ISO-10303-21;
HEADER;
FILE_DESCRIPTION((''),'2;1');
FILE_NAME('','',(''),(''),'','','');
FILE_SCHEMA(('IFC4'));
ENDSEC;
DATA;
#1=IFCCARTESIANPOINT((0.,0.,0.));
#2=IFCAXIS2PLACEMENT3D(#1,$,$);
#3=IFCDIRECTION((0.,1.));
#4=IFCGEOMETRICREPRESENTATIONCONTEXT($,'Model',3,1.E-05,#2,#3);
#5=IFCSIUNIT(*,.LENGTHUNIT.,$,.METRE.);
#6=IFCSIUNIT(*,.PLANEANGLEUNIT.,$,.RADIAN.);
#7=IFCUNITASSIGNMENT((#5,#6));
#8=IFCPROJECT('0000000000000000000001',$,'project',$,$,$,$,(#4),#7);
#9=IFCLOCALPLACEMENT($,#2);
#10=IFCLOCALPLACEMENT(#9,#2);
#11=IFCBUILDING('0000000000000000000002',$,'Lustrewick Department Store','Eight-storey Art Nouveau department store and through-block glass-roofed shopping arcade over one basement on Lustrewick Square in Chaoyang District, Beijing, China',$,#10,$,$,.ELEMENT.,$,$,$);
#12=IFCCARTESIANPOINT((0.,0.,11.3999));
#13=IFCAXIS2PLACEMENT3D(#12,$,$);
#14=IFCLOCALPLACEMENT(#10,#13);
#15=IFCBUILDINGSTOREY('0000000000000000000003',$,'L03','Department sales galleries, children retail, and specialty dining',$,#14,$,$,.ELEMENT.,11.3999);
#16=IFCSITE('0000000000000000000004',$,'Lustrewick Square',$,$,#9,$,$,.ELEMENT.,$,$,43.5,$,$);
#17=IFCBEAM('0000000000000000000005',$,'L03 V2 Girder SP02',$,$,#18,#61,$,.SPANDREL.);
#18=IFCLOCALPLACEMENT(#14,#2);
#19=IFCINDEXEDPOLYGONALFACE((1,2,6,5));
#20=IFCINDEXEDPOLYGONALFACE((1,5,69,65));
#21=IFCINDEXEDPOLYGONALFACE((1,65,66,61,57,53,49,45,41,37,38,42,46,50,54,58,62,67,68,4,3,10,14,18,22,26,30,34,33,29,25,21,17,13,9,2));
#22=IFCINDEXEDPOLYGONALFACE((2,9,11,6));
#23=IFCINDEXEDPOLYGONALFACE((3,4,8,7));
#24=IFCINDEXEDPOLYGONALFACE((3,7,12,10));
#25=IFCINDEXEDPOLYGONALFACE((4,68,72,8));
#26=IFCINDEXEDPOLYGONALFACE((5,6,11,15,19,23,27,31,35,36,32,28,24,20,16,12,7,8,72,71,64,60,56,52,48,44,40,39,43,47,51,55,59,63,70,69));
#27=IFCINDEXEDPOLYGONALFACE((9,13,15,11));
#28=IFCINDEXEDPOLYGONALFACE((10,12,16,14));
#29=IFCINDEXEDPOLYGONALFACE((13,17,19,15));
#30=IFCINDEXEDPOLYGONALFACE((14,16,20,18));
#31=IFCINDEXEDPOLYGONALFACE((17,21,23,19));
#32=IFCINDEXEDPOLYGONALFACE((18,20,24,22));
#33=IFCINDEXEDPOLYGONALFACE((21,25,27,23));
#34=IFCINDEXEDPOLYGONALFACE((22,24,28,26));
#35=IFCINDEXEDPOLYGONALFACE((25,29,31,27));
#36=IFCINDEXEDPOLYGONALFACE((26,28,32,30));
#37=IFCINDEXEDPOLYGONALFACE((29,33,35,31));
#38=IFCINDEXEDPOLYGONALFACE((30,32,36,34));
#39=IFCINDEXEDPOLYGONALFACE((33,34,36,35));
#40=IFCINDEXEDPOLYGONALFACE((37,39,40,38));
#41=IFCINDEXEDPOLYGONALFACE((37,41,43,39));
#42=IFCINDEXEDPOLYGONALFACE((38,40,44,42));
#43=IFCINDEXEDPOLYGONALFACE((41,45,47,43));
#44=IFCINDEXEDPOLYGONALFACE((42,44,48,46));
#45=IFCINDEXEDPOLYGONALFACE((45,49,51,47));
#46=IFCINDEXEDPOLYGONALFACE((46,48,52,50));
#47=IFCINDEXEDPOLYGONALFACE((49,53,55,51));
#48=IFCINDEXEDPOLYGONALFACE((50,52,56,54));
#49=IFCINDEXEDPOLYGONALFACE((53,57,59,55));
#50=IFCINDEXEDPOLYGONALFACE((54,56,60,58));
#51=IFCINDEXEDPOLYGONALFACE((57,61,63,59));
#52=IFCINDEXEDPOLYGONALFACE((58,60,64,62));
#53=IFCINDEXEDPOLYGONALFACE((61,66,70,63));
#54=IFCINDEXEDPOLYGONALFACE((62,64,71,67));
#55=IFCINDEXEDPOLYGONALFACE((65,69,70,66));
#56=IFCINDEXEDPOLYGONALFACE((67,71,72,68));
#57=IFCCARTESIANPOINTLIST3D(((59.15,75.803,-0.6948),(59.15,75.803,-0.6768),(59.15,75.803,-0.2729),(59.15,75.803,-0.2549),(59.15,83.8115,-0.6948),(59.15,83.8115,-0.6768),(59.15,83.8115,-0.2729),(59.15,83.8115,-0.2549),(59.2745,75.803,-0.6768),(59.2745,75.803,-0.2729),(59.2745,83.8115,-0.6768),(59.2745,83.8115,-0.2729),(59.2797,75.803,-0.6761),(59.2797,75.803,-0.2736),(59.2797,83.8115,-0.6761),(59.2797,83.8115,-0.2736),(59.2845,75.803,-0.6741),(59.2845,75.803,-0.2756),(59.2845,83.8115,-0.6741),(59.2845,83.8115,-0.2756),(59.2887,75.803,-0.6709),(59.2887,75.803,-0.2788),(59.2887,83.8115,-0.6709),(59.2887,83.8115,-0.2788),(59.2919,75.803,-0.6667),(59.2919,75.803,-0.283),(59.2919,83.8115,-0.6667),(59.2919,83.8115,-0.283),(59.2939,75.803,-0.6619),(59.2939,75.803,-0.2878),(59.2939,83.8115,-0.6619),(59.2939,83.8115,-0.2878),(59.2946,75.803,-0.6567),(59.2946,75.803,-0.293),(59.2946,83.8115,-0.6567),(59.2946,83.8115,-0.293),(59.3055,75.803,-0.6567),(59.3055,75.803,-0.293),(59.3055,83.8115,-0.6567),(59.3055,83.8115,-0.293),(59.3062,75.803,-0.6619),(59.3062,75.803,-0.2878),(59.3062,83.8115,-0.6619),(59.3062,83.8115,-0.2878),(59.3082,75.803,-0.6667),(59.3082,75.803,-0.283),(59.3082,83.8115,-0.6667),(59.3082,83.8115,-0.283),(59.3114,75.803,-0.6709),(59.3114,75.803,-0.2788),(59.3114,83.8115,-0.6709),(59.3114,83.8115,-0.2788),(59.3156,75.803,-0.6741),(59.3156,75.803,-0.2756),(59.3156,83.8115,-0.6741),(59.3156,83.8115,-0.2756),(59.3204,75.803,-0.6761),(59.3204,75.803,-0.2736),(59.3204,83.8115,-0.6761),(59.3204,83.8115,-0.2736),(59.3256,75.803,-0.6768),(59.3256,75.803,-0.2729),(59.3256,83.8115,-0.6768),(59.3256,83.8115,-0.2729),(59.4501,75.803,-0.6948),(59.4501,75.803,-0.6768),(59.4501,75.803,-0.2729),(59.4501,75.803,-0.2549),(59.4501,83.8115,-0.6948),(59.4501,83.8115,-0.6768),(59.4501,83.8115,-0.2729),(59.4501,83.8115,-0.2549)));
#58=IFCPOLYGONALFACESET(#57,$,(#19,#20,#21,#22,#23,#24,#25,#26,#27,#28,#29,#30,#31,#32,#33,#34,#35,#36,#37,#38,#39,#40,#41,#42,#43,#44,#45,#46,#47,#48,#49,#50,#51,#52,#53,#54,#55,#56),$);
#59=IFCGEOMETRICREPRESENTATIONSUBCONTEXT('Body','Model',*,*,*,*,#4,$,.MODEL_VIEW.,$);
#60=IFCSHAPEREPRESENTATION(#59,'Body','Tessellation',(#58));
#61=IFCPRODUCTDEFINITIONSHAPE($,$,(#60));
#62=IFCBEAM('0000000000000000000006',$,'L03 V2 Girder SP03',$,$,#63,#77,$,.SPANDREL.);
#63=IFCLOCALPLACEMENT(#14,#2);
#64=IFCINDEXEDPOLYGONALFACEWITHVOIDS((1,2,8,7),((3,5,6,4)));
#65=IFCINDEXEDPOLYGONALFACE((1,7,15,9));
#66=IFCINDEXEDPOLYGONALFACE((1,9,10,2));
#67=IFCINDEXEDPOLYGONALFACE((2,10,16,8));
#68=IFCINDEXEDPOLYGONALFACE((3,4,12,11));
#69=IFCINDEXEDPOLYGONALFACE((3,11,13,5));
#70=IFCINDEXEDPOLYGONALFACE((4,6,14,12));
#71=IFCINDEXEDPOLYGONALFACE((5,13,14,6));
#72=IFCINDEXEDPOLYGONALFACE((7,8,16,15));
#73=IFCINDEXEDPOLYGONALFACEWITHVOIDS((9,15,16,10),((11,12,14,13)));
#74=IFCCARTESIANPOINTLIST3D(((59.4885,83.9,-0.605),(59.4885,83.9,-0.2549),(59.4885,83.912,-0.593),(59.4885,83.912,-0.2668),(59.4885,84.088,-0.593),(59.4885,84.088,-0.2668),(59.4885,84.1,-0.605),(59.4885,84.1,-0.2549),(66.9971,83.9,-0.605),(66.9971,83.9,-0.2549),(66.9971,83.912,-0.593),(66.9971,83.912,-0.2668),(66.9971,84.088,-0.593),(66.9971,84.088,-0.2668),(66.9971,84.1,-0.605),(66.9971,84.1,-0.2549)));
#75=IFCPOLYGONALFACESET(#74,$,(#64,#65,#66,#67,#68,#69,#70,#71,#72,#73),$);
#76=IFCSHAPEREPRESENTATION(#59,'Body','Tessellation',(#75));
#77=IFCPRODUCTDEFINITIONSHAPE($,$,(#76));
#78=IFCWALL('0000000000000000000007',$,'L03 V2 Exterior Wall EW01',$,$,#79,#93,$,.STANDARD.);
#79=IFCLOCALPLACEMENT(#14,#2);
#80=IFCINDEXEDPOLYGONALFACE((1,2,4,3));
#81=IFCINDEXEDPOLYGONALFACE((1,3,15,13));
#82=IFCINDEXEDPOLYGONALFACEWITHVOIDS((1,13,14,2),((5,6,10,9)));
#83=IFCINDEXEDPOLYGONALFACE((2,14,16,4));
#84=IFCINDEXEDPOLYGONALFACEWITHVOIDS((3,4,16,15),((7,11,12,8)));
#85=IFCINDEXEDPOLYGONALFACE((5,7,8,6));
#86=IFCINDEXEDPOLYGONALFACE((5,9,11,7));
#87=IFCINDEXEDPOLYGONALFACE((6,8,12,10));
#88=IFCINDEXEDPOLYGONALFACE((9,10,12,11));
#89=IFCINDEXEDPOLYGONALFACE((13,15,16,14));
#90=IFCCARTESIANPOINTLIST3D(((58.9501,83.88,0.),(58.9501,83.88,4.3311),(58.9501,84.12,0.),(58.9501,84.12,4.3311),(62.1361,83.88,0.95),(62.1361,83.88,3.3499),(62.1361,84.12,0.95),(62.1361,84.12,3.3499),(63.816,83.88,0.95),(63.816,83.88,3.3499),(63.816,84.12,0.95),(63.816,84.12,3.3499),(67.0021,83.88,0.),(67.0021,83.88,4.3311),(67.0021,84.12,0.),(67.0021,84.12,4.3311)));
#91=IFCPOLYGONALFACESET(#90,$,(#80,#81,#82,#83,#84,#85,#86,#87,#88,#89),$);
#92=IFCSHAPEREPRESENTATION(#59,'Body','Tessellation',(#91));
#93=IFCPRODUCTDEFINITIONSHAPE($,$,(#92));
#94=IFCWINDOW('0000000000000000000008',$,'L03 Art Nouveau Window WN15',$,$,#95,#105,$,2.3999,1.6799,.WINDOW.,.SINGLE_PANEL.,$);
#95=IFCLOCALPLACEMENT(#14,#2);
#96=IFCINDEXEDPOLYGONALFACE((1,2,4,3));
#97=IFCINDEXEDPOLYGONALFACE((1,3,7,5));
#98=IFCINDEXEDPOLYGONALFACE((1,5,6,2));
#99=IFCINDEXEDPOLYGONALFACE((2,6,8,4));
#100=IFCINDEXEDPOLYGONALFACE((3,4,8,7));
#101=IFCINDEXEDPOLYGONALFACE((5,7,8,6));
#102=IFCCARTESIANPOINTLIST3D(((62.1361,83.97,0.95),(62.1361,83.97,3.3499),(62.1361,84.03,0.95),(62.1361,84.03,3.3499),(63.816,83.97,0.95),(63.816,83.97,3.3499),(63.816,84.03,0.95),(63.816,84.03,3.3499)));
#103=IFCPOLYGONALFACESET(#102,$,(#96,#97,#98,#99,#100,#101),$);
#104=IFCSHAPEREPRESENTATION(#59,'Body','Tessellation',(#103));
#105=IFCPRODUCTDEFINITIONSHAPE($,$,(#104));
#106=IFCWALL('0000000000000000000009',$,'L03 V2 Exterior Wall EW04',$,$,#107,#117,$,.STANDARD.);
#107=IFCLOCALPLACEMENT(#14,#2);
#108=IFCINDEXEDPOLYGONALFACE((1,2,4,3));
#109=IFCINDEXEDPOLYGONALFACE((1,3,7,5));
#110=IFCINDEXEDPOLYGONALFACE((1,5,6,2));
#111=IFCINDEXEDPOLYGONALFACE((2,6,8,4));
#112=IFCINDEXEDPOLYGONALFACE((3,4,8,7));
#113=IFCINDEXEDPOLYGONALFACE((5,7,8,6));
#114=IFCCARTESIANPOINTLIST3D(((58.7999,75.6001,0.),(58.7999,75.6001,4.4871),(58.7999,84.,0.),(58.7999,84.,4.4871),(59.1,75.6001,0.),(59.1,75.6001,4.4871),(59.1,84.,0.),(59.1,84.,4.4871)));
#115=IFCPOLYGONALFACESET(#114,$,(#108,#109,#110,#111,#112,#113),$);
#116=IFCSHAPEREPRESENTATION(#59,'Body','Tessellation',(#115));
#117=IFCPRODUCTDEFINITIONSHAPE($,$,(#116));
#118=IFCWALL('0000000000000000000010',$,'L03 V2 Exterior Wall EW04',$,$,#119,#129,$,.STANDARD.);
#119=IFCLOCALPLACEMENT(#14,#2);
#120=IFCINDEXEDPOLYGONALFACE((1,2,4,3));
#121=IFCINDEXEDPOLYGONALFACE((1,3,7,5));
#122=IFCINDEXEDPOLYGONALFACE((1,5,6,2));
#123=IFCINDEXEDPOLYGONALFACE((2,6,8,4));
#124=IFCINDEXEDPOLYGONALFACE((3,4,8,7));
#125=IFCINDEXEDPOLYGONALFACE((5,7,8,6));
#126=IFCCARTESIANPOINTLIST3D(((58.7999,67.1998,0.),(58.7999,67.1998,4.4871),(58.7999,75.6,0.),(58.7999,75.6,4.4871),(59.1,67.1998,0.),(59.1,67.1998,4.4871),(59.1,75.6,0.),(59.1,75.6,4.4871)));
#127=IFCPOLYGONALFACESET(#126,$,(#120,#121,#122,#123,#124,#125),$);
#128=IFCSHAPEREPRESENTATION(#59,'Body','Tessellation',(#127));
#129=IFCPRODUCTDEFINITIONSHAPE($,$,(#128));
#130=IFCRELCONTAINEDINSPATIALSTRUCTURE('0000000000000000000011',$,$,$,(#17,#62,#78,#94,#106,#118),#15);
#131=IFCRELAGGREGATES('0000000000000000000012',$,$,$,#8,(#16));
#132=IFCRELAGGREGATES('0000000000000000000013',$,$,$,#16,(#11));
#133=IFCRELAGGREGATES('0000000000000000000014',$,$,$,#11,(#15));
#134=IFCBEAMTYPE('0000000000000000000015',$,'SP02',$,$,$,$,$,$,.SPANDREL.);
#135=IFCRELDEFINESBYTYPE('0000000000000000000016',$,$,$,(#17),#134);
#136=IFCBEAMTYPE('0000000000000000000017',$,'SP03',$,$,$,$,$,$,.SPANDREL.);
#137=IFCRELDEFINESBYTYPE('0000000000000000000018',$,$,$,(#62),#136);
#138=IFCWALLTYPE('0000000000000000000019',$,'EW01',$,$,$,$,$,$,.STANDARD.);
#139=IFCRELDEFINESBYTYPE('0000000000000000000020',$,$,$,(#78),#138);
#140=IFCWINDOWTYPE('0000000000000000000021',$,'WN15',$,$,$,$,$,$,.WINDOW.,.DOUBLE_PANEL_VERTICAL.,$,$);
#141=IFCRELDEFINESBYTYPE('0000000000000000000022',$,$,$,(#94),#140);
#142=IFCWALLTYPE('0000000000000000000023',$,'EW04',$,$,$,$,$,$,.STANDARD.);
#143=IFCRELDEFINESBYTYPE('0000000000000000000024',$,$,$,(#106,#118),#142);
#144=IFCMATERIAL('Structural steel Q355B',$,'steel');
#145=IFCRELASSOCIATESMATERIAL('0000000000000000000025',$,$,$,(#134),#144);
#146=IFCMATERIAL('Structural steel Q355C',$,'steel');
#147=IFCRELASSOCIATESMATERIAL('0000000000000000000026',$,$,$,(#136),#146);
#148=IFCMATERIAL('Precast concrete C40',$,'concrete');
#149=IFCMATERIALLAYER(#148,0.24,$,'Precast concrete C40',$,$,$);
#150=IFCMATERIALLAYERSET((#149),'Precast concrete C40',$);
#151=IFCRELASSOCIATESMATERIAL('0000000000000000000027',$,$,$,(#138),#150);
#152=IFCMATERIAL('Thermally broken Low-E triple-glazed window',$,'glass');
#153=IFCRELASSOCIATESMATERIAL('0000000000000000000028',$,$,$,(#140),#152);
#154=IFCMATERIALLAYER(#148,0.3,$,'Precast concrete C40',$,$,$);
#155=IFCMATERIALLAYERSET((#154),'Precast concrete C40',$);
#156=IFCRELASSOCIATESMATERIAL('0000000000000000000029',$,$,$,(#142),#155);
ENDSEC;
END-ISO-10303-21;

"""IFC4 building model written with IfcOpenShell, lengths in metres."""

from ifc_helpers import new_model, si_unit, direction, frame, frame_2d, origin, origin_2d, place, context, subcontext, project, spatial, rectangle, hollow_rectangle, i_section, extrude, material, layer, layer_set, material_profile, profile_set, type_object, element, fill, save


model = new_model("IFC4")

# Units and contexts
model_context = context("Model", 3, precision=1e-05, world=origin(), true_north=direction((0.0, 1.0)))
body_context = subcontext(model_context, "Body", "Model", "MODEL_VIEW")
ifc_project = project(units=[si_unit("LENGTHUNIT", "METRE"), si_unit("PLANEANGLEUNIT", "RADIAN")], contexts=[model_context])

# Site, building, storey
site_placement = place(None, origin())
site = spatial("IfcSite", under=ifc_project, at=site_placement, Name="Lustrewick Square", CompositionType="ELEMENT", RefElevation=43.5)
building_placement = place(site_placement, origin())
building = spatial("IfcBuilding", under=site, at=building_placement, Name="Lustrewick Department Store", Description="Eight-storey Art Nouveau department store and through-block glass-roofed shopping arcade over one basement on Lustrewick Square in Chaoyang District, Beijing, China", CompositionType="ELEMENT")
storey_placement = place(building_placement, frame((0.0, 0.0, 11.3999)))
storey = spatial("IfcBuildingStorey", under=building, at=storey_placement, Name="L03", Description="Department sales galleries, children retail, and specialty dining", CompositionType="ELEMENT", Elevation=11.3999)

# Shared definitions
ifc_material_1 = material(Name="Structural steel Q355B", Category="steel")
ifc_material_2 = material(Name="Structural steel Q355C", Category="steel")

# Beams
ifc_material_profile_1 = material_profile(ifc_material_1, i_section(OverallWidth=0.3, OverallDepth=0.4399, WebThickness=0.011, FlangeThickness=0.0181, FilletRadius=0.02, at=origin_2d()), Name="HM 440x300x11x18")
ifc_profile_set_1 = profile_set([ifc_material_profile_1], Name="Structural steel Q355B")
beam_type_1 = type_object("IfcBeamType", Name="SP02", PredefinedType="SPANDREL", material=ifc_profile_set_1)
beam_1_placement = place(storey_placement, frame((59.3, 75.803, -0.4749), z_axis=(0.0, 1.0, 0.0), x_axis=(-1.0, 0.0, 0.0)))
element("IfcBeam", 1, at=beam_1_placement, inside=storey, type_object=beam_type_1, Name="L03 V2 Girder SP02", PredefinedType="SPANDREL", context=body_context, shape_type="SweptSolid", body=[
    extrude(i_section(OverallWidth=0.3, OverallDepth=0.4399, WebThickness=0.011, FlangeThickness=0.0181, FilletRadius=0.02, at=origin_2d()), origin(), (0.0, 0.0, 1.0), 8.0085),
])
ifc_material_profile_2 = material_profile(ifc_material_2, hollow_rectangle(XDim=0.2, YDim=0.3501, WallThickness=0.012, at=origin_2d()), Name="RHS 350x200x12")
ifc_profile_set_2 = profile_set([ifc_material_profile_2], Name="Structural steel Q355C")
beam_type_2 = type_object("IfcBeamType", Name="SP03", PredefinedType="SPANDREL", material=ifc_profile_set_2)
beam_2_placement = place(storey_placement, frame((59.4885, 84.0, -0.4299), z_axis=(1.0, 0.0, 0.0), x_axis=(0.0, 1.0, 0.0)))
element("IfcBeam", 2, at=beam_2_placement, inside=storey, type_object=beam_type_2, Name="L03 V2 Girder SP03", PredefinedType="SPANDREL", context=body_context, shape_type="SweptSolid", body=[
    extrude(hollow_rectangle(XDim=0.2, YDim=0.3501, WallThickness=0.012, at=origin_2d()), origin(), (0.0, 0.0, 1.0), 7.5085),
])

# Wall, opening, window
ifc_material_3 = material(Name="Precast concrete C40", Category="concrete")
ifc_layer_1 = layer(ifc_material_3, 0.24, Name="Precast concrete C40")
ifc_layer_set_1 = layer_set([ifc_layer_1], Name="Precast concrete C40")
wall_type_1 = type_object("IfcWallType", Name="EW01", PredefinedType="STANDARD", material=ifc_layer_set_1)
wall_1_placement = place(storey_placement, frame((67.002, 84.0, 0.0), z_axis=(0.0, 0.0, 1.0), x_axis=(-1.0, 0.0, 0.0)))
wall_1 = element("IfcWall", 3, at=wall_1_placement, inside=storey, type_object=wall_type_1, Name="L03 V2 Exterior Wall EW01", PredefinedType="STANDARD", context=body_context, shape_type="SweptSolid", body=[
    extrude(rectangle(XDim=8.052, YDim=0.24, at=frame_2d((4.0259, 0.0))), origin(), (0.0, 0.0, 1.0), 4.3311),
])
opening_placement = place(wall_1_placement, frame((3.186, 0.0, 0.95)))
opening = element("IfcOpeningElement", 4, at=opening_placement, cuts=wall_1, PredefinedType="OPENING", context=body_context, shape_type="SweptSolid", body=[
    extrude(rectangle(XDim=1.6799, YDim=2.3999, at=frame_2d((0.8398, 1.2))), frame((0.0, 0.1299, 0.0), z_axis=(0.0, -1.0, 0.0), x_axis=(1.0, 0.0, 0.0)), (0.0, 0.0, 1.0), 0.26),
])
ifc_material_4 = material(Name="Thermally broken Low-E triple-glazed window", Category="glass")
window_type = type_object("IfcWindowType", Name="WN15", PartitioningType="DOUBLE_PANEL_VERTICAL", PredefinedType="WINDOW", material=ifc_material_4)
window_placement = place(opening_placement, origin())
window = element("IfcWindow", 5, at=window_placement, inside=storey, type_object=window_type, Name="L03 Art Nouveau Window WN15", OverallHeight=2.3999, OverallWidth=1.6799, PartitioningType="SINGLE_PANEL", PredefinedType="WINDOW", context=body_context, shape_type="SweptSolid", body=[
    extrude(rectangle(XDim=1.6799, YDim=2.3999, at=frame_2d((0.8398, 1.2))), frame((0.0, 0.03, 0.0), z_axis=(0.0, -1.0, 0.0), x_axis=(1.0, 0.0, 0.0)), (0.0, 0.0, 1.0), 0.0601),
])
fill(opening, window)

# Walls
ifc_layer_2 = layer(ifc_material_3, 0.3, Name="Precast concrete C40")
ifc_layer_set_2 = layer_set([ifc_layer_2], Name="Precast concrete C40")
wall_type_2 = type_object("IfcWallType", Name="EW04", PredefinedType="STANDARD", material=ifc_layer_set_2)
wall_2_placement = place(storey_placement, frame((58.95, 84.0, 0.0), z_axis=(0.0, 0.0, 1.0), x_axis=(0.0, -1.0, 0.0)))
element("IfcWall", 6, at=wall_2_placement, inside=storey, type_object=wall_type_2, Name="L03 V2 Exterior Wall EW04", PredefinedType="STANDARD", context=body_context, shape_type="SweptSolid", body=[
    extrude(rectangle(XDim=8.3999, YDim=0.3, at=frame_2d((4.2, 0.0))), origin(), (0.0, 0.0, 1.0), 4.4871),
])
wall_3_placement = place(storey_placement, frame((58.95, 75.6001, 0.0), z_axis=(0.0, 0.0, 1.0), x_axis=(0.0, -1.0, 0.0)))
element("IfcWall", 7, at=wall_3_placement, inside=storey, type_object=wall_type_2, Name="L03 V2 Exterior Wall EW04", PredefinedType="STANDARD", context=body_context, shape_type="SweptSolid", body=[
    extrude(rectangle(XDim=8.4001, YDim=0.3, at=frame_2d((4.2002, 0.0))), origin(), (0.0, 0.0, 1.0), 4.4871),
])

save(model, "model.ifc")
